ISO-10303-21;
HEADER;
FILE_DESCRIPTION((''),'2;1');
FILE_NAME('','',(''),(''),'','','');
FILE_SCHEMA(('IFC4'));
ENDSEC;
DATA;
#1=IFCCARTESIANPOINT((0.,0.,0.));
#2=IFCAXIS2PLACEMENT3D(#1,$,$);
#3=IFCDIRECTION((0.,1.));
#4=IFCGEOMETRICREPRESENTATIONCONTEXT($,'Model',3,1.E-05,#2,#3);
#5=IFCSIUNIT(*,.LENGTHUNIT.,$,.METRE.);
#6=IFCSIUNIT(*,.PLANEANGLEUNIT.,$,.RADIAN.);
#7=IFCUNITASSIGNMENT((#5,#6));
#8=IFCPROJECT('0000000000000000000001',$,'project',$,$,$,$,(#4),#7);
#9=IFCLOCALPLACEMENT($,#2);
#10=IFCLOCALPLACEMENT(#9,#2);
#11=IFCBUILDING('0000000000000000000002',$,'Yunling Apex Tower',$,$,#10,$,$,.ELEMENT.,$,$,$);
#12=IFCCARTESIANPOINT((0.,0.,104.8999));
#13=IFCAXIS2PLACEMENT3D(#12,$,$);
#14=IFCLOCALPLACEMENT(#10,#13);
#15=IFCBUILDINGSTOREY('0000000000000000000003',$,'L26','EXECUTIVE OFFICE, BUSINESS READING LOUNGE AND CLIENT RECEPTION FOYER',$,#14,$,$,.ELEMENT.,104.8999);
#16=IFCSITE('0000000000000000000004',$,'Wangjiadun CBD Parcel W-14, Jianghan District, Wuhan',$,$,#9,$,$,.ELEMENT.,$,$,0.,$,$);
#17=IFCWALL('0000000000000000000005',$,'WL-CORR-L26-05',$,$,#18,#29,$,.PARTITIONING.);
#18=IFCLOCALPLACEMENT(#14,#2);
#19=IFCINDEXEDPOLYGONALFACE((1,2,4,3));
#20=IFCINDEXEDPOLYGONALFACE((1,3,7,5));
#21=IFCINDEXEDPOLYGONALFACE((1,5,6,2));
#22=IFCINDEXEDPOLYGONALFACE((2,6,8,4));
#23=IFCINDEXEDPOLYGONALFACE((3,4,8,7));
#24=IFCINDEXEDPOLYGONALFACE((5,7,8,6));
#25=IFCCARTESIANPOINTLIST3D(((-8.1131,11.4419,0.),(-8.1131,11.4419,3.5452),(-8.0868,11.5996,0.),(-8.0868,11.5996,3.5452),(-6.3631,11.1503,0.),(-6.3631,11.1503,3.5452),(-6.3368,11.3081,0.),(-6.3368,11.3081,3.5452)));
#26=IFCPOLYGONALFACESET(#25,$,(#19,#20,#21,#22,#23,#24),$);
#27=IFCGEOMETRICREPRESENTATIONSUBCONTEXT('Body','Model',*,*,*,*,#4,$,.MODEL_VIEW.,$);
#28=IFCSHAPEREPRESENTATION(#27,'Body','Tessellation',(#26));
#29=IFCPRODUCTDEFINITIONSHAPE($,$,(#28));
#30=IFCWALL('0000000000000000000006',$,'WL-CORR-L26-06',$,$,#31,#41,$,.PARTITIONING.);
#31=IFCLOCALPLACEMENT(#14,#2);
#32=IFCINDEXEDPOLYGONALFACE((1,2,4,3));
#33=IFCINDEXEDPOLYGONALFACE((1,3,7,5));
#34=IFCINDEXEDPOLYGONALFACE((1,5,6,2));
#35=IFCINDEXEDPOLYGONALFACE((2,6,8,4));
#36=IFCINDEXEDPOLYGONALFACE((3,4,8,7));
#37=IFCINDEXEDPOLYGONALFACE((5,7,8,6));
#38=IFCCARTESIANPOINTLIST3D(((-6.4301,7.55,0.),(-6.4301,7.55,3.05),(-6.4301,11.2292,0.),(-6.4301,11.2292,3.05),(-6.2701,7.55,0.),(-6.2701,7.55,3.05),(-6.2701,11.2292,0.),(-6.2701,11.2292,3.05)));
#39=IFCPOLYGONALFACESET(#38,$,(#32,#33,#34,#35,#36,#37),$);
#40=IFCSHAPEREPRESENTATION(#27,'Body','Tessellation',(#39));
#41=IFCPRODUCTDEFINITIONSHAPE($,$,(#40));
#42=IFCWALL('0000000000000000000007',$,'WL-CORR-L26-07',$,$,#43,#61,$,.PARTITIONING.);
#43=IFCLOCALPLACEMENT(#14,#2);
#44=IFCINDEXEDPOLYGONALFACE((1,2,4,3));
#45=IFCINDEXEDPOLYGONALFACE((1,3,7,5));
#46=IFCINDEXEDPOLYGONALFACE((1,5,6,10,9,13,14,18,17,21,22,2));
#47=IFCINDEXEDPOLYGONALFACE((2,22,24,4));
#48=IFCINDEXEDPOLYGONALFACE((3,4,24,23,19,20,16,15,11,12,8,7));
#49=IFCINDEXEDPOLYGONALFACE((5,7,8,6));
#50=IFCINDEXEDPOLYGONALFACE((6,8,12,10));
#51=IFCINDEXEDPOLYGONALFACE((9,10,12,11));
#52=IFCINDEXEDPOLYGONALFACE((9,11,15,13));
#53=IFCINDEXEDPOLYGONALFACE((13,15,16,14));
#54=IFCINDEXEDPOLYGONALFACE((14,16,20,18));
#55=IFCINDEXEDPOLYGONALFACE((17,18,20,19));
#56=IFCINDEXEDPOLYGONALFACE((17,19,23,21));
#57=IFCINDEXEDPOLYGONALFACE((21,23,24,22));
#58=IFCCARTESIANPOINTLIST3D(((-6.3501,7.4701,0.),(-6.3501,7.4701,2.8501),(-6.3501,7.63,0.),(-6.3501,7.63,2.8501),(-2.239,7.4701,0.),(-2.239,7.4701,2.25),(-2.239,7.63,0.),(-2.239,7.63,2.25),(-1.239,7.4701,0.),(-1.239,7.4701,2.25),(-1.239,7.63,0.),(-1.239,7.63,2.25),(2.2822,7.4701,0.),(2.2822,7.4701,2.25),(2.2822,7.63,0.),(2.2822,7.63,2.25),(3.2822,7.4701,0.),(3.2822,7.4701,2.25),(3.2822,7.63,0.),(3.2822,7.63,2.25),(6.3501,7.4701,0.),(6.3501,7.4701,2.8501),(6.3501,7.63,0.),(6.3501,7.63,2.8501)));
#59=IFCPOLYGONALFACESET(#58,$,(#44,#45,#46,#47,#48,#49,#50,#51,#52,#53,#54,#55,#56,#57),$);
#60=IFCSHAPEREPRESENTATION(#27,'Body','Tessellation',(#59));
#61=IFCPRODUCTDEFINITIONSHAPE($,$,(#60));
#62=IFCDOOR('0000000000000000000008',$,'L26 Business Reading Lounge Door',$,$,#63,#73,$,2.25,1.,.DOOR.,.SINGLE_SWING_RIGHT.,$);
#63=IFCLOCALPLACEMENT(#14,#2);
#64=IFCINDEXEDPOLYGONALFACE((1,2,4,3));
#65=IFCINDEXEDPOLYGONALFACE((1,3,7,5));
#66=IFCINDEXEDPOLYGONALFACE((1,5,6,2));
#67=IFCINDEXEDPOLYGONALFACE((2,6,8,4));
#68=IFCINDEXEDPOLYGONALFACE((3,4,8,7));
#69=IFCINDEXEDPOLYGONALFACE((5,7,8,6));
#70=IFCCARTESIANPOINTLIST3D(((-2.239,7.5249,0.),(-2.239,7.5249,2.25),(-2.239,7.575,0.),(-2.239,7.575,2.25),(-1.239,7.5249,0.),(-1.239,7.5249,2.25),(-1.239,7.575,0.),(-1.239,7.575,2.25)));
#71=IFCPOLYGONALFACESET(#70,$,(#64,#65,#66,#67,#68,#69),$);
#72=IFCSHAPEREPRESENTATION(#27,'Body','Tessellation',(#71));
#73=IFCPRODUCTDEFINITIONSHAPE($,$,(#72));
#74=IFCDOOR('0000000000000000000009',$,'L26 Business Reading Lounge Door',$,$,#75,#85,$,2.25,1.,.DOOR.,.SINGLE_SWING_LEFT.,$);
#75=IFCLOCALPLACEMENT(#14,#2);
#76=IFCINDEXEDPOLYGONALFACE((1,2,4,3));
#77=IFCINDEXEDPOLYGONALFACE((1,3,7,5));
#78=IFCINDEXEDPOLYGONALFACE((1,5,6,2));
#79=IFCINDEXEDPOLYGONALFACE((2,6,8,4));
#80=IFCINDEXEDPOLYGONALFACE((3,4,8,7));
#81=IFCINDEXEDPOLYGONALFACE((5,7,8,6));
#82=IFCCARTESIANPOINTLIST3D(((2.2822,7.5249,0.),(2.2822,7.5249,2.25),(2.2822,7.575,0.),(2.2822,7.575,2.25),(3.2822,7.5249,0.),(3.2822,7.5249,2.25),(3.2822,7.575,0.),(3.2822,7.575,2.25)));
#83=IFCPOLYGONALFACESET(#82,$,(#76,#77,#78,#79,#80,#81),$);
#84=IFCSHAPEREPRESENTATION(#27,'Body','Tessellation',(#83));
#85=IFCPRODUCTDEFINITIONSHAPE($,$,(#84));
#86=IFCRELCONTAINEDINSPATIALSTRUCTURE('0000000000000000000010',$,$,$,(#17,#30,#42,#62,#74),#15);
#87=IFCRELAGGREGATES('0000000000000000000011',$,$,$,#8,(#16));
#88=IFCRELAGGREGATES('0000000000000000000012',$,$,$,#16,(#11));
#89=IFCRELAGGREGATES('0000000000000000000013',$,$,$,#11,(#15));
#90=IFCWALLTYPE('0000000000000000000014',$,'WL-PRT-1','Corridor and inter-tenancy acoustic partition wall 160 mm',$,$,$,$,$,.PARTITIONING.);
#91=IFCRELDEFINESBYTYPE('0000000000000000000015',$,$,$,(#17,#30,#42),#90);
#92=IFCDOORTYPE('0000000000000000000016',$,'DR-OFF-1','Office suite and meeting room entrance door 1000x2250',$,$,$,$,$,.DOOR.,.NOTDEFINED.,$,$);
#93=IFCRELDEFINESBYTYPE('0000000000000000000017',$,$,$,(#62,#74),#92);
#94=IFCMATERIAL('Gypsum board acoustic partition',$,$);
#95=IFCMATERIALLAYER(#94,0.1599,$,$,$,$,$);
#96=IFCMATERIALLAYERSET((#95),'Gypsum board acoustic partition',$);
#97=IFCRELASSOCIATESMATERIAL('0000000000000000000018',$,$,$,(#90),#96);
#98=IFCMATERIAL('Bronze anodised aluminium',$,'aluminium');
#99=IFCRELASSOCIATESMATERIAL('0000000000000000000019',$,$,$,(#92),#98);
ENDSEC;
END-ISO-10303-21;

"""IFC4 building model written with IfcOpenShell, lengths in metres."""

from ifc_helpers import new_model, si_unit, direction, frame, frame_2d, origin, place, context, subcontext, project, spatial, rectangle, extrude, material, layer, layer_set, type_object, element, fill, save


model = new_model("IFC4")

# Units and contexts
model_context = context("Model", 3, precision=1e-05, world=origin(), true_north=direction((0.0, 1.0)))
body_context = subcontext(model_context, "Body", "Model", "MODEL_VIEW")
ifc_project = project(units=[si_unit("LENGTHUNIT", "METRE"), si_unit("PLANEANGLEUNIT", "RADIAN")], contexts=[model_context])

# Site, building, storey
site_placement = place(None, origin())
site = spatial("IfcSite", under=ifc_project, at=site_placement, Name="Wangjiadun CBD Parcel W-14, Jianghan District, Wuhan", CompositionType="ELEMENT", RefElevation=0.0)
building_placement = place(site_placement, origin())
building = spatial("IfcBuilding", under=site, at=building_placement, Name="Yunling Apex Tower", CompositionType="ELEMENT")
storey_placement = place(building_placement, frame((0.0, 0.0, 104.8999)))
storey = spatial("IfcBuildingStorey", under=building, at=storey_placement, Name="L26", Description="EXECUTIVE OFFICE, BUSINESS READING LOUNGE AND CLIENT RECEPTION FOYER", CompositionType="ELEMENT", Elevation=104.8999)

# Shared definitions
ifc_material_1 = material(Name="Bronze anodised aluminium", Category="aluminium")

# Walls
ifc_material_2 = material(Name="Gypsum board acoustic partition")
ifc_layer_1 = layer(ifc_material_2, 0.1599)
ifc_layer_set_1 = layer_set([ifc_layer_1], Name="Gypsum board acoustic partition")
wall_type = type_object("IfcWallType", Name="WL-PRT-1", Description="Corridor and inter-tenancy acoustic partition wall 160 mm", PredefinedType="PARTITIONING", material=ifc_layer_set_1)
wall_1_placement = place(storey_placement, frame((-8.1001, 11.5208, 0.0), z_axis=(0.0, 0.0, 1.0), x_axis=(0.986409, -0.16431, 0.0)))
element("IfcWall", 1, at=wall_1_placement, inside=storey, type_object=wall_type, Name="WL-CORR-L26-05", PredefinedType="PARTITIONING", context=body_context, shape_type="SweptSolid", body=[
    extrude(rectangle(XDim=1.7742, YDim=0.1599, at=frame_2d((0.8872, 0.0))), origin(), (0.0, 0.0, 1.0), 3.5452),
])
wall_2_placement = place(storey_placement, frame((-6.3501, 11.2292, 0.0), z_axis=(0.0, 0.0, 1.0), x_axis=(0.0, -1.0, 0.0)))
element("IfcWall", 2, at=wall_2_placement, inside=storey, type_object=wall_type, Name="WL-CORR-L26-06", PredefinedType="PARTITIONING", context=body_context, shape_type="SweptSolid", body=[
    extrude(rectangle(XDim=3.6792, YDim=0.1599, at=frame_2d((1.8396, 0.0))), origin(), (0.0, 0.0, 1.0), 3.05),
])

# Wall, openings, doors
wall_3_placement = place(storey_placement, frame((-6.3501, 7.55, 0.0), z_axis=(0.0, 0.0, 1.0), x_axis=(1.0, 0.0, 0.0)))
wall_3 = element("IfcWall", 3, at=wall_3_placement, inside=storey, type_object=wall_type, Name="WL-CORR-L26-07", PredefinedType="PARTITIONING", context=body_context, shape_type="SweptSolid", body=[
    extrude(rectangle(XDim=12.7002, YDim=0.1599, at=frame_2d((6.3501, 0.0))), origin(), (0.0, 0.0, 1.0), 2.8501),
])
opening_1_placement = place(wall_3_placement, frame((4.1111, 0.0, 0.0)))
opening_1 = element("IfcOpeningElement", 4, at=opening_1_placement, cuts=wall_3, PredefinedType="OPENING", context=body_context, shape_type="SweptSolid", body=[
    extrude(rectangle(XDim=1.0, YDim=2.25, at=frame_2d((0.5, 1.125))), frame((0.0, 0.0898, 0.0), z_axis=(0.0, -1.0, 0.0), x_axis=(1.0, 0.0, 0.0)), (0.0, 0.0, 1.0), 0.1799),
])
opening_2_placement = place(wall_3_placement, frame((8.6323, 0.0, 0.0)))
opening_2 = element("IfcOpeningElement", 5, at=opening_2_placement, cuts=wall_3, PredefinedType="OPENING", context=body_context, shape_type="SweptSolid", body=[
    extrude(rectangle(XDim=1.0, YDim=2.25, at=frame_2d((0.5, 1.125))), frame((0.0, 0.0898, 0.0), z_axis=(0.0, -1.0, 0.0), x_axis=(1.0, 0.0, 0.0)), (0.0, 0.0, 1.0), 0.1799),
])
door_type = type_object("IfcDoorType", Name="DR-OFF-1", Description="Office suite and meeting room entrance door 1000x2250", OperationType="NOTDEFINED", PredefinedType="DOOR", material=ifc_material_1)
door_1_placement = place(opening_1_placement, origin())
door_1 = element("IfcDoor", 6, at=door_1_placement, inside=storey, type_object=door_type, Name="L26 Business Reading Lounge Door", OperationType="SINGLE_SWING_RIGHT", OverallHeight=2.25, OverallWidth=1.0, PredefinedType="DOOR", context=body_context, shape_type="SweptSolid", body=[
    extrude(rectangle(XDim=1.0, YDim=2.25, at=frame_2d((0.5, 1.125))), frame((0.0, 0.0249, 0.0), z_axis=(0.0, -1.0, 0.0), x_axis=(1.0, 0.0, 0.0)), (0.0, 0.0, 1.0), 0.05),
])
fill(opening_1, door_1)
door_2_placement = place(opening_2_placement, origin())
door_2 = element("IfcDoor", 7, at=door_2_placement, inside=storey, type_object=door_type, Name="L26 Business Reading Lounge Door", OperationType="SINGLE_SWING_LEFT", OverallHeight=2.25, OverallWidth=1.0, PredefinedType="DOOR", context=body_context, shape_type="SweptSolid", body=[
    extrude(rectangle(XDim=1.0, YDim=2.25, at=frame_2d((0.5, 1.125))), frame((0.0, 0.0249, 0.0), z_axis=(0.0, -1.0, 0.0), x_axis=(1.0, 0.0, 0.0)), (0.0, 0.0, 1.0), 0.05),
])
fill(opening_2, door_2)

save(model, "model.ifc")
